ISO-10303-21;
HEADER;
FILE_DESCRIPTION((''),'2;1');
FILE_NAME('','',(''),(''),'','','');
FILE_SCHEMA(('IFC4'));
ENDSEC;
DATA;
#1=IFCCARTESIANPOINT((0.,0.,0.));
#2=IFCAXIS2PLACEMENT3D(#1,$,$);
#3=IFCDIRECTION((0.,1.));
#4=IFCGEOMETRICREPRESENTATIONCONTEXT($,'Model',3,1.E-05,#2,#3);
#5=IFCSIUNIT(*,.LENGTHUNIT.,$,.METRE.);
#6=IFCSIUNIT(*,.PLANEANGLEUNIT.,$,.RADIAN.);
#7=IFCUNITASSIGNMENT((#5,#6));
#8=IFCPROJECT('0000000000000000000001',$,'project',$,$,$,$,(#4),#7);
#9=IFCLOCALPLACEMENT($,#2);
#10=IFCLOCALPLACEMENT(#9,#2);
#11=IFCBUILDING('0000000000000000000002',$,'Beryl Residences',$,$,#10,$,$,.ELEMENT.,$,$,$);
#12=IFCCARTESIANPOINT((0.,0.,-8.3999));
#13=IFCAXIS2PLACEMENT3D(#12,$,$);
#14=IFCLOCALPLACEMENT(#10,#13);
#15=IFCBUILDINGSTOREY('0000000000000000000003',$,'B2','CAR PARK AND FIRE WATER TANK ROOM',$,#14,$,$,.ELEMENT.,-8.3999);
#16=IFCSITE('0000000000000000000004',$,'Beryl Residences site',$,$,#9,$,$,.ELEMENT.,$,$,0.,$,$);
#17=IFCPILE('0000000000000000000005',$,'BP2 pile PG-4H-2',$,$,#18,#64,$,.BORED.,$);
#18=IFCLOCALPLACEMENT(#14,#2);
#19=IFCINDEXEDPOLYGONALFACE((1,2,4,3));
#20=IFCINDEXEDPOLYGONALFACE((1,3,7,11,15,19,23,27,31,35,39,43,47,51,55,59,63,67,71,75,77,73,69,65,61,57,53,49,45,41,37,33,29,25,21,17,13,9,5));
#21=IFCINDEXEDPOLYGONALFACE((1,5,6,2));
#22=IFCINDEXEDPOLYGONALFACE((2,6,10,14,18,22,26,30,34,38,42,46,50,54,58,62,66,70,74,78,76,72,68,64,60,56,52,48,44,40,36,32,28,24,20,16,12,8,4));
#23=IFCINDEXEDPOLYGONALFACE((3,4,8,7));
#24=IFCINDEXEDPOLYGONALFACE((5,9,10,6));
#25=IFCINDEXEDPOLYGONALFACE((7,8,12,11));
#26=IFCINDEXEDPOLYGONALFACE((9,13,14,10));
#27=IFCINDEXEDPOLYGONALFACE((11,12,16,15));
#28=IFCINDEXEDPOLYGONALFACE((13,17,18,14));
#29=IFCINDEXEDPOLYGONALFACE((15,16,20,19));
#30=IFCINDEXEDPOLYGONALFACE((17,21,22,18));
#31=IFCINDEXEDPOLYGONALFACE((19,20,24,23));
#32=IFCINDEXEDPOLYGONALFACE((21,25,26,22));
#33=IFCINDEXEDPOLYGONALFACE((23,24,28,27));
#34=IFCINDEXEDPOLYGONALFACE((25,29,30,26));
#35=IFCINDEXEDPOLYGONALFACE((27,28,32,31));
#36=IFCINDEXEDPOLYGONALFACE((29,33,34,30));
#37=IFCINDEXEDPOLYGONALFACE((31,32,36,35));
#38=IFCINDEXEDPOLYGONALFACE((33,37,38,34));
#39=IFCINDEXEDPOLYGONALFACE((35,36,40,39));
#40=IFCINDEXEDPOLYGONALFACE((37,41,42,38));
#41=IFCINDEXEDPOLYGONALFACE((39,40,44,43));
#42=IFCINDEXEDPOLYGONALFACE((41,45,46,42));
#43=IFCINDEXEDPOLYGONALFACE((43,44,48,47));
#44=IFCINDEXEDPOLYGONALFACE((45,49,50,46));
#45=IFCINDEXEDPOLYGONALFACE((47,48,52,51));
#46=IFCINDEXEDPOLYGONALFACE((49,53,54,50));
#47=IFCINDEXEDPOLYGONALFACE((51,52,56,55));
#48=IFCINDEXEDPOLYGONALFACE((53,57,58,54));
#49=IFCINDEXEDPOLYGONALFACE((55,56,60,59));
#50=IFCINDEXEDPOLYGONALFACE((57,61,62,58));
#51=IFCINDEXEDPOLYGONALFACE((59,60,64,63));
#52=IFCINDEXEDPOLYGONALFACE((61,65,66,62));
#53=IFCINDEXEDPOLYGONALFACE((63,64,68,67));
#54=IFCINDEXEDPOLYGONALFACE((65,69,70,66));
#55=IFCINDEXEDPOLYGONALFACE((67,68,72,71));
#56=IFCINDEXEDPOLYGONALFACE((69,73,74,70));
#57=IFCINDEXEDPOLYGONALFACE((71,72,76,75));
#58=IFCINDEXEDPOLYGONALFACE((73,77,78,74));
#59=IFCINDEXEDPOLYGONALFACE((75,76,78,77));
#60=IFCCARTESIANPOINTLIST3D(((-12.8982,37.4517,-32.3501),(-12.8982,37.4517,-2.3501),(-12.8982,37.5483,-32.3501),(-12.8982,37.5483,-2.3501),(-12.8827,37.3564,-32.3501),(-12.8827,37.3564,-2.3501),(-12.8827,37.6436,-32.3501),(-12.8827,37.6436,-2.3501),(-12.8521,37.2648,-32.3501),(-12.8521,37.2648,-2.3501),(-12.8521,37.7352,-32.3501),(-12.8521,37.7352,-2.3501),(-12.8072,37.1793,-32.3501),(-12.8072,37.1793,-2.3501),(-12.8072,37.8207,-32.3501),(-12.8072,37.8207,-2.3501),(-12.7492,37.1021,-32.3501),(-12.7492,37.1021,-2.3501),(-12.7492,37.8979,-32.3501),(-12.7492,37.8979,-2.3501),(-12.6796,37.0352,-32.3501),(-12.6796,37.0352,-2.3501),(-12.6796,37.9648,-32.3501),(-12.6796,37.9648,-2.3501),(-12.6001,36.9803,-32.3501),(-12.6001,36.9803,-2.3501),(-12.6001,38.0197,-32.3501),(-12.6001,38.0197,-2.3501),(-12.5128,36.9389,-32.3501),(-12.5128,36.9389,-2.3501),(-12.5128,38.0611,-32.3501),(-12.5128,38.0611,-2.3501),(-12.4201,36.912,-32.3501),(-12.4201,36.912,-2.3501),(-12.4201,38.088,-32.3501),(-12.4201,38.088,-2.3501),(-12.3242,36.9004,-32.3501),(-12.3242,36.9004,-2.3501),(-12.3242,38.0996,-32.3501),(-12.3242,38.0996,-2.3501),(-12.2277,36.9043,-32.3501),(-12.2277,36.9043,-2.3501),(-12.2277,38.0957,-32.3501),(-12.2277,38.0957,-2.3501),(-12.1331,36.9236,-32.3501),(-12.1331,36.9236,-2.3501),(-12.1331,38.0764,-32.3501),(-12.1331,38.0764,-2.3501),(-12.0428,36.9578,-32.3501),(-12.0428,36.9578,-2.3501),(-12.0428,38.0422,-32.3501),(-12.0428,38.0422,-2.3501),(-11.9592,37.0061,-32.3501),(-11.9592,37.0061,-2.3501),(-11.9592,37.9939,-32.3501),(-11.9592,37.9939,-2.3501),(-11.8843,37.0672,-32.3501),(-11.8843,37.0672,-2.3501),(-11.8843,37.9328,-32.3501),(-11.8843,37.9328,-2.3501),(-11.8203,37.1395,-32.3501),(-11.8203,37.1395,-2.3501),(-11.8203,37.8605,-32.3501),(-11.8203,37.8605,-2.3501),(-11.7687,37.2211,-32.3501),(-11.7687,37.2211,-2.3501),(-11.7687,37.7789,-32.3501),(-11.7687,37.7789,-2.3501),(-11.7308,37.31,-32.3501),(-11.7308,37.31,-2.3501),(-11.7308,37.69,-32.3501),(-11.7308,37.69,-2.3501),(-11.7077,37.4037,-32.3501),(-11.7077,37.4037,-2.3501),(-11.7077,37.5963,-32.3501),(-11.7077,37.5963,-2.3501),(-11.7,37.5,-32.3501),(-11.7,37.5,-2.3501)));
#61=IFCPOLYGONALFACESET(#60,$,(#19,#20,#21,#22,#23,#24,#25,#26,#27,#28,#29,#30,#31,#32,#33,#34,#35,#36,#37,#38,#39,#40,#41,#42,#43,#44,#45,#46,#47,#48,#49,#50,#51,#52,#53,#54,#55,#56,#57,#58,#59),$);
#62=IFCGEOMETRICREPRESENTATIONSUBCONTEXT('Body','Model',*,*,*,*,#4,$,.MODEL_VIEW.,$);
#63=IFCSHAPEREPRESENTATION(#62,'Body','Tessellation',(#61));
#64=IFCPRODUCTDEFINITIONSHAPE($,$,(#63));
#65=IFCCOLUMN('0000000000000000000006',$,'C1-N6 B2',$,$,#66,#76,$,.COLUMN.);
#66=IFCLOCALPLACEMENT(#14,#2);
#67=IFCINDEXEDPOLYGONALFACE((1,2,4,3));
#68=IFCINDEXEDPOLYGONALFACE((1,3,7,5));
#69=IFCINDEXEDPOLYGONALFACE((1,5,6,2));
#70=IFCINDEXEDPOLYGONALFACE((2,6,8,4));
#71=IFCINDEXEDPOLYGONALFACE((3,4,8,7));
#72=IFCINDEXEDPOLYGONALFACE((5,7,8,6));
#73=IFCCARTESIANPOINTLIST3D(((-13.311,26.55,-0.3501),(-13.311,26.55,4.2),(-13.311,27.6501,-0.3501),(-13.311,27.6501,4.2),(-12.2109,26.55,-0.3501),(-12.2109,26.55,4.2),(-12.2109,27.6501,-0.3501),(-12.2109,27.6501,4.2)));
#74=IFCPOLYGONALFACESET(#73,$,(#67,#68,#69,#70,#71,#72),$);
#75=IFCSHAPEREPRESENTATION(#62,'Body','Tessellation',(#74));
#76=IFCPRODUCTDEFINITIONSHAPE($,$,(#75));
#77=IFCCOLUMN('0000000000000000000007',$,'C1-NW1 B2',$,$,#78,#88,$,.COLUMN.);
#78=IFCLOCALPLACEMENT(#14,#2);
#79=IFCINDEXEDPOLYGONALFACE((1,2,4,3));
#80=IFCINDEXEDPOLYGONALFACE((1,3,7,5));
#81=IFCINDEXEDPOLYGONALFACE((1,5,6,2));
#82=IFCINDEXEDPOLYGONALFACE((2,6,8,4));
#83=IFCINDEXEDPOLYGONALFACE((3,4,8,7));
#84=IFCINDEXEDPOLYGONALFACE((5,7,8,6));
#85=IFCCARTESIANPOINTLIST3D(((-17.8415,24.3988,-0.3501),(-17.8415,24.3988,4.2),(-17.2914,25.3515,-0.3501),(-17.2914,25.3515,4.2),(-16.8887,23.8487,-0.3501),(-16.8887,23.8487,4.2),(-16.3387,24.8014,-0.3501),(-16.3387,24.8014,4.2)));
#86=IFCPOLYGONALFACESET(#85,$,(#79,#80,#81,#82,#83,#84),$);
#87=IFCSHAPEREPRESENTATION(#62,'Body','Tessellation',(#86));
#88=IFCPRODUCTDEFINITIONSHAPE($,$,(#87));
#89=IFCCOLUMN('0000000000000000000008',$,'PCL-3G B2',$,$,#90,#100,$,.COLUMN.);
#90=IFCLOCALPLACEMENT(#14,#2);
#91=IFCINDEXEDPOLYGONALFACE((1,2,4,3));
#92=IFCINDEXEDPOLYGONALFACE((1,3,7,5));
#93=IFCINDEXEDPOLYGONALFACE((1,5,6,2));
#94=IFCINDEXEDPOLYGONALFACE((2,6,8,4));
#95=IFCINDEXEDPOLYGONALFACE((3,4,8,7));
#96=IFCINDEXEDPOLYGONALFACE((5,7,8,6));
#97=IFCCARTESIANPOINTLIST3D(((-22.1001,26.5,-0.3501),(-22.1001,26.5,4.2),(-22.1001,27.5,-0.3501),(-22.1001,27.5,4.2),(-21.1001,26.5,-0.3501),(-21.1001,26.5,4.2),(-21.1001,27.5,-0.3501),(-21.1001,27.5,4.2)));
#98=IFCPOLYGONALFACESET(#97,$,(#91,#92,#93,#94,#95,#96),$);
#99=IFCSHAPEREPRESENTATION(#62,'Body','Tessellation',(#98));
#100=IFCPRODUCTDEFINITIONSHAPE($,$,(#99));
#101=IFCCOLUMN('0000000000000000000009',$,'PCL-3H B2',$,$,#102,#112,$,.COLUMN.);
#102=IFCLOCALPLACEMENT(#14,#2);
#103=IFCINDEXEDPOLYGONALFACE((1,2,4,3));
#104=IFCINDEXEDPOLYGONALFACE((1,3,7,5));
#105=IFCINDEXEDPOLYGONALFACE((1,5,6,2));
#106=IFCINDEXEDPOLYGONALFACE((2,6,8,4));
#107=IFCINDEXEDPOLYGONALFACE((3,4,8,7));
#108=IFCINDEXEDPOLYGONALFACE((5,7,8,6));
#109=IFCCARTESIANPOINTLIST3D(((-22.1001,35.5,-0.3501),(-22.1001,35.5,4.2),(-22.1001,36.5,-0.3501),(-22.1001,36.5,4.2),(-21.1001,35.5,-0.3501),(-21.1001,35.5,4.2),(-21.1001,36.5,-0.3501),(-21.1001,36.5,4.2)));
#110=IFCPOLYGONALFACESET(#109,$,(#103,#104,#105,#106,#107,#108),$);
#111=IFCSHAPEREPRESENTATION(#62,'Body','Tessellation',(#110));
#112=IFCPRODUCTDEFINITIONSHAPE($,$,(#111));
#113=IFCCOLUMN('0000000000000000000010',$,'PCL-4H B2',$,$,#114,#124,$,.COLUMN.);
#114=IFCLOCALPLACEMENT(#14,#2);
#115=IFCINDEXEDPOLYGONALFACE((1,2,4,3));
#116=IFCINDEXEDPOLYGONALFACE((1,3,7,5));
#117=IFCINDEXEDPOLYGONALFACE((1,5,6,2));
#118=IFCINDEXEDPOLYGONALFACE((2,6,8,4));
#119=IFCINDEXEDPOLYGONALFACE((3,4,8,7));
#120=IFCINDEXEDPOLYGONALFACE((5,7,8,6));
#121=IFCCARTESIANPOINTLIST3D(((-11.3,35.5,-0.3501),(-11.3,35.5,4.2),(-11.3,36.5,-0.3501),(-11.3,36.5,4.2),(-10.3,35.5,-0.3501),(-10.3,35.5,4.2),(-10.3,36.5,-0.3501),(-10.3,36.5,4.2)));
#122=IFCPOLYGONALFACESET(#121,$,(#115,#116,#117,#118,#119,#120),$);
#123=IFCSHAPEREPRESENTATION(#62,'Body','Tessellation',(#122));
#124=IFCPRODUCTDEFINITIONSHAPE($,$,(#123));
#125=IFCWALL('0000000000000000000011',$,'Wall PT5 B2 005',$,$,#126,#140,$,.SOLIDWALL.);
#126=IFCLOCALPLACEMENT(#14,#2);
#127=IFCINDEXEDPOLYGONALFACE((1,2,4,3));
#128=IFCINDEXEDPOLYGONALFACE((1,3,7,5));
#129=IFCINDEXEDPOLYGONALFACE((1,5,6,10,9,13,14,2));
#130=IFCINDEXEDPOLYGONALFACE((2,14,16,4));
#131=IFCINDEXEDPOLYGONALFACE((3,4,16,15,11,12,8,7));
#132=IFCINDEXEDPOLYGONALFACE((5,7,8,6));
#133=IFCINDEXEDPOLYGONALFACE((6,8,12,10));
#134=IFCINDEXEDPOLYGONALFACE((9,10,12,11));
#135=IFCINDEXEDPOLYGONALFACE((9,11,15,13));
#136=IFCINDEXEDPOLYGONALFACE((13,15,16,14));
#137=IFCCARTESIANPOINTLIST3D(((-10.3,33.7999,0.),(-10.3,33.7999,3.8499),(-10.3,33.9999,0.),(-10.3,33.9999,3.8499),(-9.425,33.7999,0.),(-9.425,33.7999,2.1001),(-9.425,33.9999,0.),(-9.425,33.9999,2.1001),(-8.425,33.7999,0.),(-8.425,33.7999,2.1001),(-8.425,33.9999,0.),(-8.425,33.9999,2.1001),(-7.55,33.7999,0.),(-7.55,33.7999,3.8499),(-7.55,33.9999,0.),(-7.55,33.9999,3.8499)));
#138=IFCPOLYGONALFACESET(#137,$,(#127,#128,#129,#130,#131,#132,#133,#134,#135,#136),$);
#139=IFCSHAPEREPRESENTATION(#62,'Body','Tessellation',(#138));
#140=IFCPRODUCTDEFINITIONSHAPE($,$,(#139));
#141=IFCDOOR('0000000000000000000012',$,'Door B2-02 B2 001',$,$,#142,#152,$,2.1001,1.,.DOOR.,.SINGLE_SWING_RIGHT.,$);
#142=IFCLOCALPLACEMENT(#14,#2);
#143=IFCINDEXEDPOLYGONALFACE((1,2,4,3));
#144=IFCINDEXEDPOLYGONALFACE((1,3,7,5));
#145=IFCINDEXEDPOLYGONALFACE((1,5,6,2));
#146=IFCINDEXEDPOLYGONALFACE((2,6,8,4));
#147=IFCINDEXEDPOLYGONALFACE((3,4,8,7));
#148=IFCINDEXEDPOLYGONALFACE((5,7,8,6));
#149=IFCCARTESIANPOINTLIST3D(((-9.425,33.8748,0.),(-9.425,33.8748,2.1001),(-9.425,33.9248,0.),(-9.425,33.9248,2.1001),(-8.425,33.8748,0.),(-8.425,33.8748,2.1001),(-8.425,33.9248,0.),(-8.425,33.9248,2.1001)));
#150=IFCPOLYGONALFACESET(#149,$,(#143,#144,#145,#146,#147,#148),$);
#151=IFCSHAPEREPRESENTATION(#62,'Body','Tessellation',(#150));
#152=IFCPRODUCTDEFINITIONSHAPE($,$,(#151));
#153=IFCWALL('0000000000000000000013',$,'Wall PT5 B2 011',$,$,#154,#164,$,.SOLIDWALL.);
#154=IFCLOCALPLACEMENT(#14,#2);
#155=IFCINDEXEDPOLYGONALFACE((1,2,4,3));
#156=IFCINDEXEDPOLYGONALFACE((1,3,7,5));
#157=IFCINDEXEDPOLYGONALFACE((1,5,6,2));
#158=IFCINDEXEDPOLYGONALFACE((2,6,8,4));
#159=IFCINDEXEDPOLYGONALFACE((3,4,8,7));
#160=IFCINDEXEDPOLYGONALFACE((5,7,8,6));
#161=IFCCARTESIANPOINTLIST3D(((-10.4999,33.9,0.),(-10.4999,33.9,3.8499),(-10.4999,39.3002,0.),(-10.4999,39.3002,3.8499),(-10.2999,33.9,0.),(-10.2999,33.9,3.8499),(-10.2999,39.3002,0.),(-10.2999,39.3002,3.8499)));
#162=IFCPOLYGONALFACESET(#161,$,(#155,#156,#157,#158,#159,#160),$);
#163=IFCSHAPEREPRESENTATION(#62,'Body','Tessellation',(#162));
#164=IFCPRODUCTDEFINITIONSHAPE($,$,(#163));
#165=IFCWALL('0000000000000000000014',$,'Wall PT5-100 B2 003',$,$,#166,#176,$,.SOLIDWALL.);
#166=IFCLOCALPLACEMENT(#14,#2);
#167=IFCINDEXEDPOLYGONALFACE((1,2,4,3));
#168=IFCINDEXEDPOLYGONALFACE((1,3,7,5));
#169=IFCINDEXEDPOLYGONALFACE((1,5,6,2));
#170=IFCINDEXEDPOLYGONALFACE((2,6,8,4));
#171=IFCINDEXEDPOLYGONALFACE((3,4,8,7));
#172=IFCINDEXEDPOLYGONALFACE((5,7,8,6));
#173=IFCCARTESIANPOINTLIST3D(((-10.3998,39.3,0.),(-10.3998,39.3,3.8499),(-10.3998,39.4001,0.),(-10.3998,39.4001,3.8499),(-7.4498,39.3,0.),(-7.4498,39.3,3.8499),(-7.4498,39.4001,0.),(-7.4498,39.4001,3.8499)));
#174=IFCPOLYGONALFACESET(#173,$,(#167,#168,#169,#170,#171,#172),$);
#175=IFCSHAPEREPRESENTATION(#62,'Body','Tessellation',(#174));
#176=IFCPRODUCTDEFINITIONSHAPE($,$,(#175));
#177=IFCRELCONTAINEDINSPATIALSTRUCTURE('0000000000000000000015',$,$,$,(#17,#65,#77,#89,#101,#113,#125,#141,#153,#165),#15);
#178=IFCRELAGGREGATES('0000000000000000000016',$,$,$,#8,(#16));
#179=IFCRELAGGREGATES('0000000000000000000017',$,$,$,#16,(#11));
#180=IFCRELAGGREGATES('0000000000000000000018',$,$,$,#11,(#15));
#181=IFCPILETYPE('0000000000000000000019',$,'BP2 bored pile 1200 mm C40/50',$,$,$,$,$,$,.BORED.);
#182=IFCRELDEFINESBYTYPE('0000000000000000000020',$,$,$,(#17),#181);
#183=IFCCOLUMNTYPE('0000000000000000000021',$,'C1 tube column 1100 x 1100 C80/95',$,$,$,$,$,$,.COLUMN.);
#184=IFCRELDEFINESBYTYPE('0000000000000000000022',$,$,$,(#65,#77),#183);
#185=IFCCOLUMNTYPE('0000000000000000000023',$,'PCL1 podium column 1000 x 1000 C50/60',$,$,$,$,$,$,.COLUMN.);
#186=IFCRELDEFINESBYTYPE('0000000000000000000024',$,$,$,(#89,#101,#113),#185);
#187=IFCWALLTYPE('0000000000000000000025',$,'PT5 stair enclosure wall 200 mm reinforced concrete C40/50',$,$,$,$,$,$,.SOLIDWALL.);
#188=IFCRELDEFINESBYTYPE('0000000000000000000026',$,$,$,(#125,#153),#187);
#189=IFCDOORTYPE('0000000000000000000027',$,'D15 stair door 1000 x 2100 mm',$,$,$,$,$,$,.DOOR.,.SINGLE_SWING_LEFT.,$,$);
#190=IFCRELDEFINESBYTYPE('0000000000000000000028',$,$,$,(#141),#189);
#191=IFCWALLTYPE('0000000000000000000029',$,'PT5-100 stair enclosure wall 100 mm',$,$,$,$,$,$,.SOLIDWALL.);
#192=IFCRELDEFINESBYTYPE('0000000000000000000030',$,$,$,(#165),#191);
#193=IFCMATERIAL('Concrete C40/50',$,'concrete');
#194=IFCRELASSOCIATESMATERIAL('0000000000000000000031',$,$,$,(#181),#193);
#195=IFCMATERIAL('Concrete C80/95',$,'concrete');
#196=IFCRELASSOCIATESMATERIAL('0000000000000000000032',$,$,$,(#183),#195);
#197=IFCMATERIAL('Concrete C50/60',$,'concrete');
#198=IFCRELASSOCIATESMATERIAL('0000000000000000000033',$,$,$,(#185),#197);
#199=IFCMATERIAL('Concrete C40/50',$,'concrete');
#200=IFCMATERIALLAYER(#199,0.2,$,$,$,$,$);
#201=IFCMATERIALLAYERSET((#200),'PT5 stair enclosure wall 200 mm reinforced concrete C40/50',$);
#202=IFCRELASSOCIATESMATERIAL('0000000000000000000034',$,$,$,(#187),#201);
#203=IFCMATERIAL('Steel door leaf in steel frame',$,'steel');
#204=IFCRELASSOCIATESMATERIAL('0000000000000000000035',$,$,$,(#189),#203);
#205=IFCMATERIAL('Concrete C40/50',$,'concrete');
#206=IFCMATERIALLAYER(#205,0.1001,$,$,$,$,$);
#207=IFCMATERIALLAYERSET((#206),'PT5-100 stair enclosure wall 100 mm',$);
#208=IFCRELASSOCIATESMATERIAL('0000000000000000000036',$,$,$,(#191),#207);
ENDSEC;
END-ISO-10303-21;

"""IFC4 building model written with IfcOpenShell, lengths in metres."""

from ifc_helpers import new_model, si_unit, direction, frame, frame_2d, origin, origin_2d, place, context, subcontext, project, spatial, rectangle, circle, extrude, material, layer, layer_set, material_profile, profile_set, type_object, element, fill, save


model = new_model("IFC4")

# Units and contexts
model_context = context("Model", 3, precision=1e-05, world=origin(), true_north=direction((0.0, 1.0)))
body_context = subcontext(model_context, "Body", "Model", "MODEL_VIEW")
ifc_project = project(units=[si_unit("LENGTHUNIT", "METRE"), si_unit("PLANEANGLEUNIT", "RADIAN")], contexts=[model_context])

# Site, building, storey
site_placement = place(None, origin())
site = spatial("IfcSite", under=ifc_project, at=site_placement, Name="Beryl Residences site", CompositionType="ELEMENT", RefElevation=0.0)
building_placement = place(site_placement, origin())
building = spatial("IfcBuilding", under=site, at=building_placement, Name="Beryl Residences", CompositionType="ELEMENT")
storey_placement = place(building_placement, frame((0.0, 0.0, -8.3999)))
storey = spatial("IfcBuildingStorey", under=building, at=storey_placement, Name="B2", Description="CAR PARK AND FIRE WATER TANK ROOM", CompositionType="ELEMENT", Elevation=-8.3999)

# Pile
ifc_material_1 = material(Name="Concrete C40/50", Category="concrete")
ifc_material_profile_1 = material_profile(ifc_material_1, circle(Radius=0.6001, at=origin_2d()))
ifc_profile_set_1 = profile_set([ifc_material_profile_1], Name="Concrete C40/50")
pile_type_1 = type_object("IfcPileType", Name="BP2 bored pile 1200 mm C40/50", PredefinedType="BORED", material=ifc_profile_set_1)
for number, where, z_axis, x_axis, name in (
    (1, (-12.3, 37.5, -2.3501), (0.0, 0.0, -1.0), (1.0, 0.0, 0.0), "BP2 pile PG-4H-2"),
):
    element("IfcPile", number, at=place(storey_placement, frame(where, z_axis=z_axis, x_axis=x_axis)), inside=storey, type_object=pile_type_1, Name=name, PredefinedType="BORED", context=body_context, shape_type="SweptSolid", body=[
        extrude(circle(Radius=0.6001, at=origin_2d()), origin(), (0.0, 0.0, 1.0), 30.0),
    ])

# Columns
ifc_material_2 = material(Name="Concrete C80/95", Category="concrete")
ifc_material_profile_2 = material_profile(ifc_material_2, rectangle(XDim=1.1001, YDim=1.1001, at=origin_2d()))
ifc_profile_set_2 = profile_set([ifc_material_profile_2], Name="Concrete C80/95")
column_type_1 = type_object("IfcColumnType", Name="C1 tube column 1100 x 1100 C80/95", PredefinedType="COLUMN", material=ifc_profile_set_2)
for number, where, z_axis, x_axis, name in (
    (2, (-12.761, 27.1001, -0.3501), (0.0, 0.0, 1.0), (-1.0, 0.0, 0.0), "C1-N6 B2"),
    (3, (-17.0901, 24.6001, -0.3501), (0.0, 0.0, 1.0), (-0.499985, -0.866034, 0.0), "C1-NW1 B2"),
):
    element("IfcColumn", number, at=place(storey_placement, frame(where, z_axis=z_axis, x_axis=x_axis)), inside=storey, type_object=column_type_1, Name=name, PredefinedType="COLUMN", context=body_context, shape_type="SweptSolid", body=[
        extrude(rectangle(XDim=1.1001, YDim=1.1001, at=origin_2d()), origin(), (0.0, 0.0, 1.0), 4.55),
    ])
ifc_material_3 = material(Name="Concrete C50/60", Category="concrete")
ifc_material_profile_3 = material_profile(ifc_material_3, rectangle(XDim=1.0, YDim=1.0, at=origin_2d()))
ifc_profile_set_3 = profile_set([ifc_material_profile_3], Name="Concrete C50/60")
column_type_2 = type_object("IfcColumnType", Name="PCL1 podium column 1000 x 1000 C50/60", PredefinedType="COLUMN", material=ifc_profile_set_3)
for number, where, z_axis, x_axis, name in (
    (4, (-21.6001, 27.0, -0.3501), (0.0, 0.0, 1.0), (1.0, 0.0, 0.0), "PCL-3G B2"),
    (5, (-21.6001, 36.0, -0.3501), (0.0, 0.0, 1.0), (1.0, 0.0, 0.0), "PCL-3H B2"),
    (6, (-10.8, 36.0, -0.3501), (0.0, 0.0, 1.0), (1.0, 0.0, 0.0), "PCL-4H B2"),
):
    element("IfcColumn", number, at=place(storey_placement, frame(where, z_axis=z_axis, x_axis=x_axis)), inside=storey, type_object=column_type_2, Name=name, PredefinedType="COLUMN", context=body_context, shape_type="SweptSolid", body=[
        extrude(rectangle(XDim=1.0, YDim=1.0, at=origin_2d()), origin(), (0.0, 0.0, 1.0), 4.55),
    ])

# Wall, opening, door
ifc_material_4 = material(Name="Concrete C40/50", Category="concrete")
ifc_layer_1 = layer(ifc_material_4, 0.2)
ifc_layer_set_1 = layer_set([ifc_layer_1], Name="PT5 stair enclosure wall 200 mm reinforced concrete C40/50")
wall_type_1 = type_object("IfcWallType", Name="PT5 stair enclosure wall 200 mm reinforced concrete C40/50", PredefinedType="SOLIDWALL", material=ifc_layer_set_1)
wall_1_placement = place(storey_placement, frame((-10.3, 33.8999, 0.0), z_axis=(0.0, 0.0, 1.0), x_axis=(1.0, 0.0, 0.0)))
wall_1 = element("IfcWall", 7, at=wall_1_placement, inside=storey, type_object=wall_type_1, Name="Wall PT5 B2 005", PredefinedType="SOLIDWALL", context=body_context, shape_type="SweptSolid", body=[
    extrude(rectangle(XDim=2.75, YDim=0.2, at=frame_2d((1.375, 0.0))), origin(), (0.0, 0.0, 1.0), 3.8499),
])
opening_placement = place(wall_1_placement, frame((0.875, 0.0, 0.0)))
opening = element("IfcOpeningElement", 8, at=opening_placement, cuts=wall_1, PredefinedType="OPENING", context=body_context, shape_type="SweptSolid", body=[
    extrude(rectangle(XDim=1.0, YDim=2.1001, at=frame_2d((0.5, 1.05))), frame((0.0, 0.1099, 0.0), z_axis=(0.0, -1.0, 0.0), x_axis=(1.0, 0.0, 0.0)), (0.0, 0.0, 1.0), 0.22),
])
ifc_material_5 = material(Name="Steel door leaf in steel frame", Category="steel")
door_type = type_object("IfcDoorType", Name="D15 stair door 1000 x 2100 mm", OperationType="SINGLE_SWING_LEFT", PredefinedType="DOOR", material=ifc_material_5)
door_placement = place(opening_placement, origin())
door = element("IfcDoor", 9, at=door_placement, inside=storey, type_object=door_type, Name="Door B2-02 B2 001", OperationType="SINGLE_SWING_RIGHT", OverallHeight=2.1001, OverallWidth=1.0, PredefinedType="DOOR", context=body_context, shape_type="SweptSolid", body=[
    extrude(rectangle(XDim=1.0, YDim=2.1001, at=frame_2d((0.5, 1.05))), frame((0.0, 0.0249, 0.0), z_axis=(0.0, -1.0, 0.0), x_axis=(1.0, 0.0, 0.0)), (0.0, 0.0, 1.0), 0.05),
])
fill(opening, door)

# Walls
wall_2_placement = place(storey_placement, frame((-10.3999, 33.8999, 0.0), z_axis=(0.0, 0.0, 1.0), x_axis=(0.0, 1.0, 0.0)))
element("IfcWall", 10, at=wall_2_placement, inside=storey, type_object=wall_type_1, Name="Wall PT5 B2 011", PredefinedType="SOLIDWALL", context=body_context, shape_type="SweptSolid", body=[
    extrude(rectangle(XDim=5.4001, YDim=0.2, at=frame_2d((2.7002, 0.0))), origin(), (0.0, 0.0, 1.0), 3.8499),
])
ifc_material_6 = material(Name="Concrete C40/50", Category="concrete")
ifc_layer_2 = layer(ifc_material_6, 0.1001)
ifc_layer_set_2 = layer_set([ifc_layer_2], Name="PT5-100 stair enclosure wall 100 mm")
wall_type_2 = type_object("IfcWallType", Name="PT5-100 stair enclosure wall 100 mm", PredefinedType="SOLIDWALL", material=ifc_layer_set_2)
wall_3_placement = place(storey_placement, frame((-10.3999, 39.3501, 0.0), z_axis=(0.0, 0.0, 1.0), x_axis=(1.0, 0.0, 0.0)))
element("IfcWall", 11, at=wall_3_placement, inside=storey, type_object=wall_type_2, Name="Wall PT5-100 B2 003", PredefinedType="SOLIDWALL", context=body_context, shape_type="SweptSolid", body=[
    extrude(rectangle(XDim=2.95, YDim=0.1001, at=frame_2d((1.4751, 0.0))), origin(), (0.0, 0.0, 1.0), 3.8499),
])

save(model, "model.ifc")
